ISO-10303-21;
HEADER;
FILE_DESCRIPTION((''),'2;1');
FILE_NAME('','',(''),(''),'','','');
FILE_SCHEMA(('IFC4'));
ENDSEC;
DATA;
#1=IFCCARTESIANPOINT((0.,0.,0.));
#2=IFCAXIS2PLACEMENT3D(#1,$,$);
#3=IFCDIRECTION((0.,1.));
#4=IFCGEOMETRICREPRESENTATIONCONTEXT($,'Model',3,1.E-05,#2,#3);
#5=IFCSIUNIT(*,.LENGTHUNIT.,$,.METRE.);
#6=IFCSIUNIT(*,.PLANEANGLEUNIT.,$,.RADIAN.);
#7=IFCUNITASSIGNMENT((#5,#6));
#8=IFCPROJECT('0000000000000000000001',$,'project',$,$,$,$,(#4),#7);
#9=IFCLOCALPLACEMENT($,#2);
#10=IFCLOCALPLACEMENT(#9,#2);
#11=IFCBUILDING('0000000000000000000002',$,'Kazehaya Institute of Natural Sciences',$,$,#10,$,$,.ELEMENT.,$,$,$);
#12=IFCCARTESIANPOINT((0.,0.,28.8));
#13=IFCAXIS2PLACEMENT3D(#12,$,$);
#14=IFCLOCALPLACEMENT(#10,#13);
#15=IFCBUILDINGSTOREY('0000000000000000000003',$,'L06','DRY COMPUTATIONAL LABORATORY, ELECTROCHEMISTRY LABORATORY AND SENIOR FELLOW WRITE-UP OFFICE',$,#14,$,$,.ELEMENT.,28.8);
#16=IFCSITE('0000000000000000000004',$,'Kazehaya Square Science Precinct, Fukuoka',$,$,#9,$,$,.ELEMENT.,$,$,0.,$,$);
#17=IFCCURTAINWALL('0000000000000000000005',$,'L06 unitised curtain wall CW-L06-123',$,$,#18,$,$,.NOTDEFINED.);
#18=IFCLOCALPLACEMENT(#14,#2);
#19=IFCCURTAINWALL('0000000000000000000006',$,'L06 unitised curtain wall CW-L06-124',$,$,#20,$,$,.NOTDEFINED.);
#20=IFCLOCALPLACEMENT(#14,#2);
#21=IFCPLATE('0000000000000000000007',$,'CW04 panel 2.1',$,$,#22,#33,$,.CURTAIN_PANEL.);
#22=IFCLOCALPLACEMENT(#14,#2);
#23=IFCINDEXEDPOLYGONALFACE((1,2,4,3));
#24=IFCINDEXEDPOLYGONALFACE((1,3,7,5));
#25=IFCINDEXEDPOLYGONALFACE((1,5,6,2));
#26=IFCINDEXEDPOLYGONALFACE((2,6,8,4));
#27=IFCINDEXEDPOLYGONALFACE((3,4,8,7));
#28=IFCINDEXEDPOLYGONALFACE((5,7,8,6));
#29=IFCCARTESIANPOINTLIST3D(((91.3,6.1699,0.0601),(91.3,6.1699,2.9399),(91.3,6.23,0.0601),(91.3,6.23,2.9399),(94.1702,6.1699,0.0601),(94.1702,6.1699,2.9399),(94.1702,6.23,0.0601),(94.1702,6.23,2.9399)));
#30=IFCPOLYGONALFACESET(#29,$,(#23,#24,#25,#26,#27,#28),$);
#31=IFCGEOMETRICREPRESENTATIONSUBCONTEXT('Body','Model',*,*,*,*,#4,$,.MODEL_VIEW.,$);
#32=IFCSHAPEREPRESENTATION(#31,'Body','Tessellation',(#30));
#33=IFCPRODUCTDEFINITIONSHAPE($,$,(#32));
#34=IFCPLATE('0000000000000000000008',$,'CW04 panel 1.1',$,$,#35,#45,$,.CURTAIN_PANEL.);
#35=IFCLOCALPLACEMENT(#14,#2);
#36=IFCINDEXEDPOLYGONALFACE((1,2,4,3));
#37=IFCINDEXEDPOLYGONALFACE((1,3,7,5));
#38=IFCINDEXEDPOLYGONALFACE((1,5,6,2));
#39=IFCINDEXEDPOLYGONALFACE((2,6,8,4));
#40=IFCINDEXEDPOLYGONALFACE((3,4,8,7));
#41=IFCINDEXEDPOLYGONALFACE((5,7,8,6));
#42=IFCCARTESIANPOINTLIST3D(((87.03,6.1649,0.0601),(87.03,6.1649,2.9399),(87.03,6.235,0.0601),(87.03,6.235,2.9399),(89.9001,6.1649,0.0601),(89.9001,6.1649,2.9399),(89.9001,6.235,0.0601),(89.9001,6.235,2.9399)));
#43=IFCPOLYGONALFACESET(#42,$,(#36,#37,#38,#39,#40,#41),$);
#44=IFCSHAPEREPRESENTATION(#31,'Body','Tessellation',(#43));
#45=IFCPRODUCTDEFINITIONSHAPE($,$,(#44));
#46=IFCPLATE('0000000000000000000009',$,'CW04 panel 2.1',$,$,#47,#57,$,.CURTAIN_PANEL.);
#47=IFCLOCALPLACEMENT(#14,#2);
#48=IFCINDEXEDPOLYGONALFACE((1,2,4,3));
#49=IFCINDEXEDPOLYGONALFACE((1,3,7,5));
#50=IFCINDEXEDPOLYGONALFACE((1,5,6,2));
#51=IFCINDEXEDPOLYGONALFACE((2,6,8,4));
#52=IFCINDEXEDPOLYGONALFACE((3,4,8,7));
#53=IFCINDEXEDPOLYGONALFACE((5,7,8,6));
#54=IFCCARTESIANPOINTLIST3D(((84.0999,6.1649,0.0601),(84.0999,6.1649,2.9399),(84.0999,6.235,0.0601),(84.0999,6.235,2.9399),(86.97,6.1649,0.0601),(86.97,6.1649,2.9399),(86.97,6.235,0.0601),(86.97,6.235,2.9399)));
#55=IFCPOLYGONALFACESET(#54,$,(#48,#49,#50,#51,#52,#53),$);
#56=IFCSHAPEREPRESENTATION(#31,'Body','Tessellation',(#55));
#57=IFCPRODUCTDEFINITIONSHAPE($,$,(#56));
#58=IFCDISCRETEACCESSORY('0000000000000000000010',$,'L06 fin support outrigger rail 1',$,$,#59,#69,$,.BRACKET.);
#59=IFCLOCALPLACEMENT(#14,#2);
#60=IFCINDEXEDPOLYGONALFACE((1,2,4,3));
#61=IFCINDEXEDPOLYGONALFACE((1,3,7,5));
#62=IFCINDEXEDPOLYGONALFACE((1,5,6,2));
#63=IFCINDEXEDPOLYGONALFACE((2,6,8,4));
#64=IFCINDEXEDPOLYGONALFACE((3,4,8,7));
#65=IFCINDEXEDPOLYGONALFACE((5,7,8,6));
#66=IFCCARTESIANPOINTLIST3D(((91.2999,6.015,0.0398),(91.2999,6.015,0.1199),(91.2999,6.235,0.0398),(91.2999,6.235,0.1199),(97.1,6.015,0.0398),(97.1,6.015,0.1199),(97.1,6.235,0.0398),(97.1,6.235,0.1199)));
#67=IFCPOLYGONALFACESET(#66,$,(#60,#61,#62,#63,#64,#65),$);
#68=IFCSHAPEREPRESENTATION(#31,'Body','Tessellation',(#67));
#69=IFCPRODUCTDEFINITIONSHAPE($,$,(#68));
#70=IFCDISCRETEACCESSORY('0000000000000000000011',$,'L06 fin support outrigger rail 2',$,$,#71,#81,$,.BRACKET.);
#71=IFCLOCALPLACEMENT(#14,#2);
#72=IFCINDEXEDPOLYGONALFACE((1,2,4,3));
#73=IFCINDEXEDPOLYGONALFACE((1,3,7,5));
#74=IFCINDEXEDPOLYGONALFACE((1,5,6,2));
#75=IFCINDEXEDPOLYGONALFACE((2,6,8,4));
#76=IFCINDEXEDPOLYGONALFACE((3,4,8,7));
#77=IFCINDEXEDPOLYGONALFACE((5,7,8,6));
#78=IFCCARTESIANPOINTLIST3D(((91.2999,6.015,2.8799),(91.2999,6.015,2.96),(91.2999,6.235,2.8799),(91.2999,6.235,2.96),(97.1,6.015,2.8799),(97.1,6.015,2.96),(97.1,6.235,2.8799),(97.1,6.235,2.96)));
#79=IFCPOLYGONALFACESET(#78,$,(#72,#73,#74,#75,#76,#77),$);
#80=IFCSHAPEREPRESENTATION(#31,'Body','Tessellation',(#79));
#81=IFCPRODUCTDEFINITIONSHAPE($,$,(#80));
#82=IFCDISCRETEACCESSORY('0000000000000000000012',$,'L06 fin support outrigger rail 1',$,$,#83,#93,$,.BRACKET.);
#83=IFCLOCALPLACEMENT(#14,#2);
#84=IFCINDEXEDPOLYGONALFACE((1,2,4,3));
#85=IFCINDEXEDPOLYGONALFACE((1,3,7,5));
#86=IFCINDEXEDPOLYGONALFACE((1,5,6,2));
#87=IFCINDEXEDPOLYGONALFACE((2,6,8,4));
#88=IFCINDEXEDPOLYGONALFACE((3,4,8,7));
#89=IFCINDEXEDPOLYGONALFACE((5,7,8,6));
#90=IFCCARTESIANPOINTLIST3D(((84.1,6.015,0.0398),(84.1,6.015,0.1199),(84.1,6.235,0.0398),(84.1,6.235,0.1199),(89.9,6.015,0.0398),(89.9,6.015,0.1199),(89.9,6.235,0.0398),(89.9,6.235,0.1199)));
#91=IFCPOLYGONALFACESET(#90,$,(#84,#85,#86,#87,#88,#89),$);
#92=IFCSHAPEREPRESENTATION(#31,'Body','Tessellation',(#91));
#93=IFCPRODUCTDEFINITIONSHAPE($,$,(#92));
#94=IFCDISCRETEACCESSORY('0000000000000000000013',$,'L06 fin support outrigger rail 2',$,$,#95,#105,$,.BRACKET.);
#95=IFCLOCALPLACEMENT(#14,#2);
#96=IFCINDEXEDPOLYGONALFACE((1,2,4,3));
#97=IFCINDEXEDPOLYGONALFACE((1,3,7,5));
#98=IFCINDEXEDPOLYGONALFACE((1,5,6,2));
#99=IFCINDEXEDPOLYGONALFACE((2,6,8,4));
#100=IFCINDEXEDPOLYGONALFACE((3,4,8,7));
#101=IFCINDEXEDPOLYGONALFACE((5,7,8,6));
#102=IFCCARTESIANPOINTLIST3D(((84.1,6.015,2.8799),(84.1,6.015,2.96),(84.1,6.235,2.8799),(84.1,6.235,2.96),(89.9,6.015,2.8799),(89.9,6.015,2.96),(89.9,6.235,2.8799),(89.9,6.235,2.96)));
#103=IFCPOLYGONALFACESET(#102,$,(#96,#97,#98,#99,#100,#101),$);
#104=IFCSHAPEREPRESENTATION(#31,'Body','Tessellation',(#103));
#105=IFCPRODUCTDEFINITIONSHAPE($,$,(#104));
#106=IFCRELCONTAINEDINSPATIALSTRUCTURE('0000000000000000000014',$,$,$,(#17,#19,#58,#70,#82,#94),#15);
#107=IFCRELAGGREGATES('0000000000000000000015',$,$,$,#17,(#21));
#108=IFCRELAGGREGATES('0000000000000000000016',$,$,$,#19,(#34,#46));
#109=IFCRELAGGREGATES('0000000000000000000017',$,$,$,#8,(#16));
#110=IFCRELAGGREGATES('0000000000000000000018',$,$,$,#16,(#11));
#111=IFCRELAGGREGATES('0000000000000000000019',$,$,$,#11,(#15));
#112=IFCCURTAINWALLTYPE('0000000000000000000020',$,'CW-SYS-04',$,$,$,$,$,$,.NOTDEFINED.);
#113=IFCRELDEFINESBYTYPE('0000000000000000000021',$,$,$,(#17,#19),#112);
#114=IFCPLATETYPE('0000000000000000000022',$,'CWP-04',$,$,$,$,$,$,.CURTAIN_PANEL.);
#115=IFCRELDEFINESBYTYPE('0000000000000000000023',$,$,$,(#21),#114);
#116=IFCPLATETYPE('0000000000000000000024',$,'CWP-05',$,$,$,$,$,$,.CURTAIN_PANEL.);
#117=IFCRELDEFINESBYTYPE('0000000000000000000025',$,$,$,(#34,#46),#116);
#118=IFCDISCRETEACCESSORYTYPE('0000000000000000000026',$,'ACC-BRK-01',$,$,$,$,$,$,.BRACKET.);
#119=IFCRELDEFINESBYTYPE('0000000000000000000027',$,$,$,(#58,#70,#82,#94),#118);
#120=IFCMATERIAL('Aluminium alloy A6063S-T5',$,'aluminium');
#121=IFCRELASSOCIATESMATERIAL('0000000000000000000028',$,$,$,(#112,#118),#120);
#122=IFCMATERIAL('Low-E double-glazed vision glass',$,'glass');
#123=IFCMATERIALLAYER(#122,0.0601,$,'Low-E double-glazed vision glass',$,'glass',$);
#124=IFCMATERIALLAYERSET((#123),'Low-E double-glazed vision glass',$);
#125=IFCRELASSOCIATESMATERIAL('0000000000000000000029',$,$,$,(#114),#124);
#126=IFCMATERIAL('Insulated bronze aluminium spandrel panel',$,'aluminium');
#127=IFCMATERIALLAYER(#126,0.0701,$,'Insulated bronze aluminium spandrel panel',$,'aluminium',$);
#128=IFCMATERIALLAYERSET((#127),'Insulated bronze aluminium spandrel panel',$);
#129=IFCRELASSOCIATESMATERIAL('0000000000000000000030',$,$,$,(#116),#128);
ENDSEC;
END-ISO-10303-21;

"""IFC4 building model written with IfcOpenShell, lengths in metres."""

from ifc_helpers import new_model, si_unit, direction, frame, origin, origin_2d, place, context, subcontext, project, spatial, rectangle, extrude, material, layer, layer_set, type_object, element, aggregate, save


model = new_model("IFC4")

# Units and contexts
model_context = context("Model", 3, precision=1e-05, world=origin(), true_north=direction((0.0, 1.0)))
body_context = subcontext(model_context, "Body", "Model", "MODEL_VIEW")
ifc_project = project(units=[si_unit("LENGTHUNIT", "METRE"), si_unit("PLANEANGLEUNIT", "RADIAN")], contexts=[model_context])

# Site, building, storey
site_placement = place(None, origin())
site = spatial("IfcSite", under=ifc_project, at=site_placement, Name="Kazehaya Square Science Precinct, Fukuoka", CompositionType="ELEMENT", RefElevation=0.0)
building_placement = place(site_placement, origin())
building = spatial("IfcBuilding", under=site, at=building_placement, Name="Kazehaya Institute of Natural Sciences", CompositionType="ELEMENT")
storey_placement = place(building_placement, frame((0.0, 0.0, 28.8)))
storey = spatial("IfcBuildingStorey", under=building, at=storey_placement, Name="L06", Description="DRY COMPUTATIONAL LABORATORY, ELECTROCHEMISTRY LABORATORY AND SENIOR FELLOW WRITE-UP OFFICE", CompositionType="ELEMENT", Elevation=28.8)

# Curtain walls
ifc_material_1 = material(Name="Aluminium alloy A6063S-T5", Category="aluminium")
curtain_wall_type = type_object("IfcCurtainWallType", Name="CW-SYS-04", PredefinedType="NOTDEFINED", material=ifc_material_1)
curtain_wall_1_placement = place(storey_placement, origin())
curtain_wall_1 = element("IfcCurtainWall", 1, at=curtain_wall_1_placement, inside=storey, type_object=curtain_wall_type, Name="L06 unitised curtain wall CW-L06-123", PredefinedType="NOTDEFINED")
curtain_wall_2_placement = place(storey_placement, origin())
curtain_wall_2 = element("IfcCurtainWall", 2, at=curtain_wall_2_placement, inside=storey, type_object=curtain_wall_type, Name="L06 unitised curtain wall CW-L06-124", PredefinedType="NOTDEFINED")

# Plates
ifc_material_2 = material(Name="Low-E double-glazed vision glass", Category="glass")
ifc_layer_1 = layer(ifc_material_2, 0.0601, Name="Low-E double-glazed vision glass", Category="glass")
ifc_layer_set_1 = layer_set([ifc_layer_1], Name="Low-E double-glazed vision glass")
plate_type_1 = type_object("IfcPlateType", Name="CWP-04", PredefinedType="CURTAIN_PANEL", material=ifc_layer_set_1)
plate_1_placement = place(storey_placement, frame((92.7351, 6.2, 0.0601), z_axis=(0.0, 0.0, 1.0), x_axis=(-1.0, 0.0, 0.0)))
plate_1 = element("IfcPlate", 3, at=plate_1_placement, type_object=plate_type_1, Name="CW04 panel 2.1", PredefinedType="CURTAIN_PANEL", context=body_context, shape_type="SweptSolid", body=[
    extrude(rectangle(XDim=2.8701, YDim=0.0601, at=origin_2d()), origin(), (0.0, 0.0, 1.0), 2.8799),
])
aggregate(curtain_wall_1, [plate_1])
ifc_material_3 = material(Name="Insulated bronze aluminium spandrel panel", Category="aluminium")
ifc_layer_2 = layer(ifc_material_3, 0.0701, Name="Insulated bronze aluminium spandrel panel", Category="aluminium")
ifc_layer_set_2 = layer_set([ifc_layer_2], Name="Insulated bronze aluminium spandrel panel")
plate_type_2 = type_object("IfcPlateType", Name="CWP-05", PredefinedType="CURTAIN_PANEL", material=ifc_layer_set_2)
plate_2_placement = place(storey_placement, frame((88.4651, 6.2, 0.0601), z_axis=(0.0, 0.0, 1.0), x_axis=(-1.0, 0.0, 0.0)))
plate_2 = element("IfcPlate", 4, at=plate_2_placement, type_object=plate_type_2, Name="CW04 panel 1.1", PredefinedType="CURTAIN_PANEL", context=body_context, shape_type="SweptSolid", body=[
    extrude(rectangle(XDim=2.8701, YDim=0.0701, at=origin_2d()), origin(), (0.0, 0.0, 1.0), 2.8799),
])
plate_3_placement = place(storey_placement, frame((85.5349, 6.2, 0.0601), z_axis=(0.0, 0.0, 1.0), x_axis=(-1.0, 0.0, 0.0)))
plate_3 = element("IfcPlate", 5, at=plate_3_placement, type_object=plate_type_2, Name="CW04 panel 2.1", PredefinedType="CURTAIN_PANEL", context=body_context, shape_type="SweptSolid", body=[
    extrude(rectangle(XDim=2.8701, YDim=0.0701, at=origin_2d()), origin(), (0.0, 0.0, 1.0), 2.8799),
])
aggregate(curtain_wall_2, [plate_2, plate_3])

# Discrete accessories
discrete_accessory_type = type_object("IfcDiscreteAccessoryType", Name="ACC-BRK-01", PredefinedType="BRACKET", material=ifc_material_1)
for number, where, z_axis, x_axis, name in (
    (6, (94.2, 6.125, 0.0398), (0.0, 0.0, 1.0), (-1.0, 0.0, 0.0), "L06 fin support outrigger rail 1"),
    (7, (94.2, 6.125, 2.8799), (0.0, 0.0, 1.0), (-1.0, 0.0, 0.0), "L06 fin support outrigger rail 2"),
    (8, (87.0, 6.125, 0.0398), (0.0, 0.0, 1.0), (-1.0, 0.0, 0.0), "L06 fin support outrigger rail 1"),
    (9, (87.0, 6.125, 2.8799), (0.0, 0.0, 1.0), (-1.0, 0.0, 0.0), "L06 fin support outrigger rail 2"),
):
    element("IfcDiscreteAccessory", number, at=place(storey_placement, frame(where, z_axis=z_axis, x_axis=x_axis)), inside=storey, type_object=discrete_accessory_type, Name=name, PredefinedType="BRACKET", context=body_context, shape_type="SweptSolid", body=[
        extrude(rectangle(XDim=5.8, YDim=0.22, at=origin_2d()), origin(), (0.0, 0.0, 1.0), 0.0801),
    ])

save(model, "model.ifc")
